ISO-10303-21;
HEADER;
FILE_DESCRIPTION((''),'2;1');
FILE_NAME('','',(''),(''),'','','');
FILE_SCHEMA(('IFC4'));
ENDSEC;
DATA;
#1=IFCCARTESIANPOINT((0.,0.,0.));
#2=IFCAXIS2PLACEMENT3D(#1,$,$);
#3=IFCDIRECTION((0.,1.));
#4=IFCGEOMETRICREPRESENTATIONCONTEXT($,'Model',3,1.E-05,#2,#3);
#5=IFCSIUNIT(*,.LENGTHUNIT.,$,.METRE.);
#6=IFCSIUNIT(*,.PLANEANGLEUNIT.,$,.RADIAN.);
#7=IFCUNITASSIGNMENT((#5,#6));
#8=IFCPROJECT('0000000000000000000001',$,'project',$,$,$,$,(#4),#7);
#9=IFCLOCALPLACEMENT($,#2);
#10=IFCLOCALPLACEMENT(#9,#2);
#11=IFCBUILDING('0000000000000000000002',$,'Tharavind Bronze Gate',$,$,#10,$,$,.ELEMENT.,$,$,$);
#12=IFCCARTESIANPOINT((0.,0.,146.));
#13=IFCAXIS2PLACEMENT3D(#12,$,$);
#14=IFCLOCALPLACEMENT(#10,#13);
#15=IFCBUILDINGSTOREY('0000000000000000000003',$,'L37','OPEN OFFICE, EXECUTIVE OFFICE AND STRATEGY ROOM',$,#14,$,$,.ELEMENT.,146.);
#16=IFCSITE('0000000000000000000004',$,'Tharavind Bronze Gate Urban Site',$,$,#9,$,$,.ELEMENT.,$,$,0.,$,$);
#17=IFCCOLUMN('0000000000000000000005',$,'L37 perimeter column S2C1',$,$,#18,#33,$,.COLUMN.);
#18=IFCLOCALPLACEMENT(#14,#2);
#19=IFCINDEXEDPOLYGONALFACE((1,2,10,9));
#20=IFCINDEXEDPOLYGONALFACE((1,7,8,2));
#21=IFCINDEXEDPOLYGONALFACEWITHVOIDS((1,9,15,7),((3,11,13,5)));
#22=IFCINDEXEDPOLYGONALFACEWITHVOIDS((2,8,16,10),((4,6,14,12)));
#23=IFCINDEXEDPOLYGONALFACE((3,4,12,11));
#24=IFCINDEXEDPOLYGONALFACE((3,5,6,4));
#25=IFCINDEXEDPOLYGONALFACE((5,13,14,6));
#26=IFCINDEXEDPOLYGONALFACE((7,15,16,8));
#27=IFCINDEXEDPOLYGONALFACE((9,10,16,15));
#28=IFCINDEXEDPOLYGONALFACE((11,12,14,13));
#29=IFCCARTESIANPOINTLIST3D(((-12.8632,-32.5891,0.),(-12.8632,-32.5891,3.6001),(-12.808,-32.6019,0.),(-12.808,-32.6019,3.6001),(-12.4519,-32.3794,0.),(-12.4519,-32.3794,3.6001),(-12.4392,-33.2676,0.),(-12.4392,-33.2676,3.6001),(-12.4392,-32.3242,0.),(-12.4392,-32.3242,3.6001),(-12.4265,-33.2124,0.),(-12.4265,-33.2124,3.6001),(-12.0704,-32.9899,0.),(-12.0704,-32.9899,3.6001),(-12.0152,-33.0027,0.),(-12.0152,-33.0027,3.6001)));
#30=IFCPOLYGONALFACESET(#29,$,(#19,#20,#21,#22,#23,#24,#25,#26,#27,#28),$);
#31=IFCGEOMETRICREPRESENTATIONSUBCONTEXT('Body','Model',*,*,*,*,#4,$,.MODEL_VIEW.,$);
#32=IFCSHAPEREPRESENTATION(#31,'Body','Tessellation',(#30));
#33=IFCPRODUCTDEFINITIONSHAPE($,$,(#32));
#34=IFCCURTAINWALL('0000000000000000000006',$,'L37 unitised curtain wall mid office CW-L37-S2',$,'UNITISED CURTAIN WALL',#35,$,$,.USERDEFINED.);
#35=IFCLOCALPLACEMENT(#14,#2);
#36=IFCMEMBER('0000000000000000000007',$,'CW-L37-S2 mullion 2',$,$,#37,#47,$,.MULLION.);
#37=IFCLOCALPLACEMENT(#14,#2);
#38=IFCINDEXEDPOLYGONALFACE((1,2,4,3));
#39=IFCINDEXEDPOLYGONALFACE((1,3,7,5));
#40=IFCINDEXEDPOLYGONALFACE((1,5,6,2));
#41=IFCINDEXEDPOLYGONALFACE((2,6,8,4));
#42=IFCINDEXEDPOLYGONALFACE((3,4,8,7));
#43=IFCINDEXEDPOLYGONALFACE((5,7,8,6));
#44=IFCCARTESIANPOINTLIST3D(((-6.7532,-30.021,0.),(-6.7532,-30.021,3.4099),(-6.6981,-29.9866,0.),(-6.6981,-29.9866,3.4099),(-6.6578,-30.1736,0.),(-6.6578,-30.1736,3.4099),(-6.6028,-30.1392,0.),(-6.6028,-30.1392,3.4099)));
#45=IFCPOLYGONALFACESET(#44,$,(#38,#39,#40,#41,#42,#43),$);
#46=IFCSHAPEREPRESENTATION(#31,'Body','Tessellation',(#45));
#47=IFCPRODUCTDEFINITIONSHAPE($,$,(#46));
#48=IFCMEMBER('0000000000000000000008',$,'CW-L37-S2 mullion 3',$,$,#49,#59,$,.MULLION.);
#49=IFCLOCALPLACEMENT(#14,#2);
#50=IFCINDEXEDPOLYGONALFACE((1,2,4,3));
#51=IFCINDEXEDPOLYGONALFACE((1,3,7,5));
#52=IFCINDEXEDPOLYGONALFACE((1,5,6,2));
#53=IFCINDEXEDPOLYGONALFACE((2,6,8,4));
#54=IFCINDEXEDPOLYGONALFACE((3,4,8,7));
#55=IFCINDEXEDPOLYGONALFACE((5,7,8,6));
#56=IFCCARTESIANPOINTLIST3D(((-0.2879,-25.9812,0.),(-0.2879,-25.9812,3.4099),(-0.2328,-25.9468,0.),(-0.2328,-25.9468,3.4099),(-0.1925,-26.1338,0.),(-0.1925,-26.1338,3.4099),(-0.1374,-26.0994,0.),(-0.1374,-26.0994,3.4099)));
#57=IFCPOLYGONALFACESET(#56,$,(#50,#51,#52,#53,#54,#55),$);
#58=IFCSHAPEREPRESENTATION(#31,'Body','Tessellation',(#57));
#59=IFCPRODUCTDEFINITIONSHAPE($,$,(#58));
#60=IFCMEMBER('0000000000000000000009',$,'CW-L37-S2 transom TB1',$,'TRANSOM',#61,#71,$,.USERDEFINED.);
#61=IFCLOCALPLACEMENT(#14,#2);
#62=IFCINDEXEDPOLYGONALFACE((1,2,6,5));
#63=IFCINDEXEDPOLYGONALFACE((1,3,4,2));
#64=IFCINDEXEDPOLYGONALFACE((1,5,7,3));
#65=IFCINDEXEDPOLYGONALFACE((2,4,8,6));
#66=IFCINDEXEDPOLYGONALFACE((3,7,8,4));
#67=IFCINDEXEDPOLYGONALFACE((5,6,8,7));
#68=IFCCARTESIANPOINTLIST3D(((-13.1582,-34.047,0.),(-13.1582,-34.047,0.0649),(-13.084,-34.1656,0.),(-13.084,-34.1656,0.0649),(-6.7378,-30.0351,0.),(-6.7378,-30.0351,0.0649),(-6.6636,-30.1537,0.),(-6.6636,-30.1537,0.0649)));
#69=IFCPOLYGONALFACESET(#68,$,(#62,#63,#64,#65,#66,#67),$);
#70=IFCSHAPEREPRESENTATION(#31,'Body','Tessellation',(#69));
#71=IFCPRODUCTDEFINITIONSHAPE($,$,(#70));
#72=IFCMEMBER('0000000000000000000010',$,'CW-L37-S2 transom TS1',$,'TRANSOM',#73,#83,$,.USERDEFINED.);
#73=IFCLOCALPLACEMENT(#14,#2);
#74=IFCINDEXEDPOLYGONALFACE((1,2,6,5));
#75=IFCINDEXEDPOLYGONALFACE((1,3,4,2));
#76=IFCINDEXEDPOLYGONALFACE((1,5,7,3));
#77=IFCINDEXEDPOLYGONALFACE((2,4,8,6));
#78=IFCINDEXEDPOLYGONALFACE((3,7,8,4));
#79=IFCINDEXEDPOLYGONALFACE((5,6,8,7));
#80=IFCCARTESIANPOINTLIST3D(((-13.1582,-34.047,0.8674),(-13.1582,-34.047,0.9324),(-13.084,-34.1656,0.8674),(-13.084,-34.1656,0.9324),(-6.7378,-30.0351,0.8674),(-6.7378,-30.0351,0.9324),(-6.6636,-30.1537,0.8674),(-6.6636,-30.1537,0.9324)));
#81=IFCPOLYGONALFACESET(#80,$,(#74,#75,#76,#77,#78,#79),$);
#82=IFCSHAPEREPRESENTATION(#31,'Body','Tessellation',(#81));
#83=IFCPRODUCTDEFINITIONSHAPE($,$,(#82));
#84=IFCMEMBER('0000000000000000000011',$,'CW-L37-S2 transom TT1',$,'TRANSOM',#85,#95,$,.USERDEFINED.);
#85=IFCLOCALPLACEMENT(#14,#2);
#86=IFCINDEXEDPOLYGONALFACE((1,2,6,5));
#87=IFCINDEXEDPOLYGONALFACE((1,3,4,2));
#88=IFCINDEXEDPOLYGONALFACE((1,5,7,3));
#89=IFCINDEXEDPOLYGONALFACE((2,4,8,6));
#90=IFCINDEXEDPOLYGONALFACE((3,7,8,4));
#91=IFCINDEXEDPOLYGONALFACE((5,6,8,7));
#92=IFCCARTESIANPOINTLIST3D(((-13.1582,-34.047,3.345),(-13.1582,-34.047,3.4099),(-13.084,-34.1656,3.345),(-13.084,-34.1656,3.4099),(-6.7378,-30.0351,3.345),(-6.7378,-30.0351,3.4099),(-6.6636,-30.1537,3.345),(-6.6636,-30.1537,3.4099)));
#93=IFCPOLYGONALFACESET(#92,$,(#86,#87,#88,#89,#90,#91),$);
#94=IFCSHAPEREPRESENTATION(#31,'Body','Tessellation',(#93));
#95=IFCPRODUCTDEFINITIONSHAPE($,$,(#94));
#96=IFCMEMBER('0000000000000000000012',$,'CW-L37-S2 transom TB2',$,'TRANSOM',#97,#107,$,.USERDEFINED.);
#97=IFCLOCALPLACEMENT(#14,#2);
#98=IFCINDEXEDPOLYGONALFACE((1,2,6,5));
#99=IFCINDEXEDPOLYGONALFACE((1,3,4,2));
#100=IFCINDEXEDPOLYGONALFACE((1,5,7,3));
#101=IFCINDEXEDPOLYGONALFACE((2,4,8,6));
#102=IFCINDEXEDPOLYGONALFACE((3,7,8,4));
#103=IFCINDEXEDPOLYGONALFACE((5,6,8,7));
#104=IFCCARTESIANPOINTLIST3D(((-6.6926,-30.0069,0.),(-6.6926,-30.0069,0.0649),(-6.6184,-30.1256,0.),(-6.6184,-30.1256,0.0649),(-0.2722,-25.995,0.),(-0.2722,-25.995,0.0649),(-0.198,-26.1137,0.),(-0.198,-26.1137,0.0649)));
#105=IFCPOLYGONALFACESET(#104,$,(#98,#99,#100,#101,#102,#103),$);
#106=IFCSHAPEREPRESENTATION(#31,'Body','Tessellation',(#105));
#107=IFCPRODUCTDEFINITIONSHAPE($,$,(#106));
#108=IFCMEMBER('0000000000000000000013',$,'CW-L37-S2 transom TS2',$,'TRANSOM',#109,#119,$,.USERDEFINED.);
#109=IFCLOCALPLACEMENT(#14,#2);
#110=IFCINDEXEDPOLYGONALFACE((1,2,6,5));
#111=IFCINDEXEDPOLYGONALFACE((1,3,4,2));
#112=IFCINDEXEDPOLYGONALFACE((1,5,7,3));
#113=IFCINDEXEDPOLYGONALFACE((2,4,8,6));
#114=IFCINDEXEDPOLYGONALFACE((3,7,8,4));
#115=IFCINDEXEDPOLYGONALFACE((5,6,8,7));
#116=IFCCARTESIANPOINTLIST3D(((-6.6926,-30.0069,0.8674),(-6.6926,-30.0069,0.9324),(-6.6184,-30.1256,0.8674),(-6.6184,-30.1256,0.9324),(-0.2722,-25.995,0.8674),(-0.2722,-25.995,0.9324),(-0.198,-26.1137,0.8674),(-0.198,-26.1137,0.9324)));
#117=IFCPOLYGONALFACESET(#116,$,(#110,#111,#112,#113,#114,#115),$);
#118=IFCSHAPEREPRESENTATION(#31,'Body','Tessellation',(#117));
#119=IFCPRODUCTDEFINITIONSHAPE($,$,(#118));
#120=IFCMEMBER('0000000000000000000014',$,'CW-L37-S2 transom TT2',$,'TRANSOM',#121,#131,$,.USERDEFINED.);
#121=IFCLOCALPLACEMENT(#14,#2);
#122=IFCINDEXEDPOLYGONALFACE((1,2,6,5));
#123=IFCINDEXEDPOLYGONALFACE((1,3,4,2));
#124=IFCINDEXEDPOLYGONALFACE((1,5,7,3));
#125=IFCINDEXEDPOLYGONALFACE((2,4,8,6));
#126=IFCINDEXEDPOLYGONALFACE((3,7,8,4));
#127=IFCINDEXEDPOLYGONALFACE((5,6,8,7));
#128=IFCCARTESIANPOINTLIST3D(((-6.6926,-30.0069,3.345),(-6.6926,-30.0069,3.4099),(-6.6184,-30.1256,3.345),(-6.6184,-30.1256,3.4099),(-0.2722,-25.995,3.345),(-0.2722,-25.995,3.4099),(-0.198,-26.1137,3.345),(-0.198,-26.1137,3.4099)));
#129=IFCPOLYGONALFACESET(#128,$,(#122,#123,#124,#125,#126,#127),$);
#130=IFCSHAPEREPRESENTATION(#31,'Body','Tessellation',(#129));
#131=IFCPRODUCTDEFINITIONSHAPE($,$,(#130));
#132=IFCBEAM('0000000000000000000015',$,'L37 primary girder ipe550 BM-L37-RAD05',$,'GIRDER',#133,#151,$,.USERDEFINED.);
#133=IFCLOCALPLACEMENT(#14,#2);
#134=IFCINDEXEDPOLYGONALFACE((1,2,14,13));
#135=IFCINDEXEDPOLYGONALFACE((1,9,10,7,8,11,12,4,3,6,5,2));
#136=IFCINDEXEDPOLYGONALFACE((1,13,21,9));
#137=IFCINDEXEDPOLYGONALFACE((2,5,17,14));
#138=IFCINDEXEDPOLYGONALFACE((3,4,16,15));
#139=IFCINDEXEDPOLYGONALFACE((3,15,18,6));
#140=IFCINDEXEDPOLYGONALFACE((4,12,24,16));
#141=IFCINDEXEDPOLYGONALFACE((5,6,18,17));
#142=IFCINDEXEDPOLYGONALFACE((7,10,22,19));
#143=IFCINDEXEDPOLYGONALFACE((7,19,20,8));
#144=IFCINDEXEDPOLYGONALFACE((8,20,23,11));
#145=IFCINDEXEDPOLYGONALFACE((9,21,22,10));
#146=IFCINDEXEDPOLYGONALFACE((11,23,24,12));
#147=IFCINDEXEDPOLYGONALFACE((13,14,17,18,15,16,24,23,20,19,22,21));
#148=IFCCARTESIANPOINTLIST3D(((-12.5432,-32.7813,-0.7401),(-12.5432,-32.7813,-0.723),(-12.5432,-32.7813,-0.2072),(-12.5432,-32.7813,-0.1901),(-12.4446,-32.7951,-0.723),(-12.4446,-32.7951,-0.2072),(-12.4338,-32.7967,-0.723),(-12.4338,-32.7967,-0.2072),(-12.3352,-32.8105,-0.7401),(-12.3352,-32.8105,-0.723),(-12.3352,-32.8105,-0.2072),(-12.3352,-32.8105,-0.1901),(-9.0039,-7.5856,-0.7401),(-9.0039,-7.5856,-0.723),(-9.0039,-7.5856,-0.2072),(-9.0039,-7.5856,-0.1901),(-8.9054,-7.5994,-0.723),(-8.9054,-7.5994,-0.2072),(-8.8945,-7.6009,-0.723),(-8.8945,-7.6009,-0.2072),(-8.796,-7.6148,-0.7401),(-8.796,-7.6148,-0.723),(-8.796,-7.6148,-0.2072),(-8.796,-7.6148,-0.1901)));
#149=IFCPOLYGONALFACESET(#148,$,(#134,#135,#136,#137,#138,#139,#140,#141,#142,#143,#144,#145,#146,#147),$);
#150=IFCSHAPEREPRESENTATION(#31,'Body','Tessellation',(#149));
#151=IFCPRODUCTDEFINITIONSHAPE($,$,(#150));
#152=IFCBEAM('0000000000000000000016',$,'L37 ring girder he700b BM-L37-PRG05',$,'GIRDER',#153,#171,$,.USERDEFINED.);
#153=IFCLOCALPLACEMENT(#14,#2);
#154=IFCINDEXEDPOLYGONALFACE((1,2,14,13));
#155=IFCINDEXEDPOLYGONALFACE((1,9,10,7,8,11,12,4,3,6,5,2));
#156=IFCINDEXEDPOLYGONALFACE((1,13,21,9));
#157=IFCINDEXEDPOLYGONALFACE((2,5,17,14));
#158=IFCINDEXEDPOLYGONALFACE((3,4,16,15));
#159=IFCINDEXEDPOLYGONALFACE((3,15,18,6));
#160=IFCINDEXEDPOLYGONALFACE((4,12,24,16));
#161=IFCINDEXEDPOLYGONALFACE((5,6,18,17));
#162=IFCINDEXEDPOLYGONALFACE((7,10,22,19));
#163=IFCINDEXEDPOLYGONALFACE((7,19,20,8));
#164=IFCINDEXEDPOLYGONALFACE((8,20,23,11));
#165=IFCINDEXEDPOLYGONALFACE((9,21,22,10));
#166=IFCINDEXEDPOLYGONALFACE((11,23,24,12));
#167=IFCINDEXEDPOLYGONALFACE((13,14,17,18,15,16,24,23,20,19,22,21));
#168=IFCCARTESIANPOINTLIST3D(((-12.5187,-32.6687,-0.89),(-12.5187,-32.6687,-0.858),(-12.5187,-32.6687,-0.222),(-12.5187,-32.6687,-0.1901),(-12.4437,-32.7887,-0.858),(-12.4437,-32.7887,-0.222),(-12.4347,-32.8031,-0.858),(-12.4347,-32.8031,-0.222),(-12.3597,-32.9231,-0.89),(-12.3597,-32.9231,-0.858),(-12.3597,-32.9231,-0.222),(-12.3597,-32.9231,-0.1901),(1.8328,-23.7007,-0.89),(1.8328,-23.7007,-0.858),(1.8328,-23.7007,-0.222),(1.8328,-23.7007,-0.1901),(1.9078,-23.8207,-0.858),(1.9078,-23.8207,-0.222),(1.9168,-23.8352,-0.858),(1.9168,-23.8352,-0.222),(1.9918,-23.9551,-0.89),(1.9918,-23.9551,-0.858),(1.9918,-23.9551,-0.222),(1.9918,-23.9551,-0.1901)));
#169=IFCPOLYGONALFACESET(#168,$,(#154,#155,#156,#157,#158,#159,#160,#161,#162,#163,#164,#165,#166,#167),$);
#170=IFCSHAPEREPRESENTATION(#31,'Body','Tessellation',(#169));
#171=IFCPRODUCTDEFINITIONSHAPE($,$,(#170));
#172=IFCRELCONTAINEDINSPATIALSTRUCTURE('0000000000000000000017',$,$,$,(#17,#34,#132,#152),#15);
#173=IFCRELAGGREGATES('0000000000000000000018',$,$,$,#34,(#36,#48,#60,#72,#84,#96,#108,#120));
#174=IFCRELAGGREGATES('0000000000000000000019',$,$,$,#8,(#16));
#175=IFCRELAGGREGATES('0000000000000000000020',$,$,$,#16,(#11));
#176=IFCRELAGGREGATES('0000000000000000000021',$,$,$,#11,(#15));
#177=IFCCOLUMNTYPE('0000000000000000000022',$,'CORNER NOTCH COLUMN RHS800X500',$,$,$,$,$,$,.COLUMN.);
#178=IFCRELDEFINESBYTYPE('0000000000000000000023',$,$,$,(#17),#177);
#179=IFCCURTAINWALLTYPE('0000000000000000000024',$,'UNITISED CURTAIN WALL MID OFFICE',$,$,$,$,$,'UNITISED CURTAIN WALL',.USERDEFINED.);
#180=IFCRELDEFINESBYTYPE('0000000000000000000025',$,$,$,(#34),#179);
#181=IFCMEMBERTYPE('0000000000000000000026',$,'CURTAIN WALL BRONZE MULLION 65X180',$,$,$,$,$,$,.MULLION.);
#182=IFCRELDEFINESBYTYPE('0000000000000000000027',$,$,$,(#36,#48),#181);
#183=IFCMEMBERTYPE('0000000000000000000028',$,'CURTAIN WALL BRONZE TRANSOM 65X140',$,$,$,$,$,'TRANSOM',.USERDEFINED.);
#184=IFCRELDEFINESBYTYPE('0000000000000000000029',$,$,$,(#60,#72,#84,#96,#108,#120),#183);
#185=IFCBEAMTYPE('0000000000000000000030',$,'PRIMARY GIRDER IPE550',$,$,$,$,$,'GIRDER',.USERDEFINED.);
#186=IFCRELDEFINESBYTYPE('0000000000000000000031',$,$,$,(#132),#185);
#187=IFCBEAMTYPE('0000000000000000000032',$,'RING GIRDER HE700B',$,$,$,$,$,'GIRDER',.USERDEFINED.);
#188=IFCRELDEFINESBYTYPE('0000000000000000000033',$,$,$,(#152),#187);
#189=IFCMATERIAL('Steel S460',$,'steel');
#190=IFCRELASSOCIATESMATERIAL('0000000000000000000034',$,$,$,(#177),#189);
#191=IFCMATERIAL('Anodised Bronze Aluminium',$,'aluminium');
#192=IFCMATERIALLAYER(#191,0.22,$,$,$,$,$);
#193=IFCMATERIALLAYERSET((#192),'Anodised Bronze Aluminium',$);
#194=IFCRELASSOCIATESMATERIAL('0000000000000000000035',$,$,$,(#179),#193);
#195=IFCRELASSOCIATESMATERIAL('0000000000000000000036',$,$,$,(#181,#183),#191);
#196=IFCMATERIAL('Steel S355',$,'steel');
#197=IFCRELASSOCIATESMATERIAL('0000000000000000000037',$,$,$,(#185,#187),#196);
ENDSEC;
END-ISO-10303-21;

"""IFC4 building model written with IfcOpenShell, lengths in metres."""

from ifc_helpers import new_model, si_unit, direction, frame, origin, origin_2d, place, context, subcontext, project, spatial, rectangle, hollow_rectangle, i_section, extrude, material, layer, layer_set, material_profile, profile_set, type_object, element, aggregate, save


model = new_model("IFC4")

# Units and contexts
model_context = context("Model", 3, precision=1e-05, world=origin(), true_north=direction((0.0, 1.0)))
body_context = subcontext(model_context, "Body", "Model", "MODEL_VIEW")
ifc_project = project(units=[si_unit("LENGTHUNIT", "METRE"), si_unit("PLANEANGLEUNIT", "RADIAN")], contexts=[model_context])

# Site, building, storey
site_placement = place(None, origin())
site = spatial("IfcSite", under=ifc_project, at=site_placement, Name="Tharavind Bronze Gate Urban Site", CompositionType="ELEMENT", RefElevation=0.0)
building_placement = place(site_placement, origin())
building = spatial("IfcBuilding", under=site, at=building_placement, Name="Tharavind Bronze Gate", CompositionType="ELEMENT")
storey_placement = place(building_placement, frame((0.0, 0.0, 146.0)))
storey = spatial("IfcBuildingStorey", under=building, at=storey_placement, Name="L37", Description="OPEN OFFICE, EXECUTIVE OFFICE AND STRATEGY ROOM", CompositionType="ELEMENT", Elevation=146.0)

# Column
ifc_material_1 = material(Name="Steel S460", Category="steel")
ifc_material_profile_1 = material_profile(ifc_material_1, hollow_rectangle(XDim=0.5, YDim=0.8, WallThickness=0.04, at=origin_2d()), Name="RHS800X500X40")
ifc_profile_set_1 = profile_set([ifc_material_profile_1], Name="Steel S460")
column_type = type_object("IfcColumnType", Name="CORNER NOTCH COLUMN RHS800X500", PredefinedType="COLUMN", material=ifc_profile_set_1)
column_placement = place(storey_placement, frame((-12.4392, -32.7959, 0.0), z_axis=(0.0, 0.0, 1.0), x_axis=(0.848047, 0.529921, 0.0)))
element("IfcColumn", 1, at=column_placement, inside=storey, type_object=column_type, Name="L37 perimeter column S2C1", PredefinedType="COLUMN", context=body_context, shape_type="SweptSolid", body=[
    extrude(hollow_rectangle(XDim=0.5, YDim=0.8, WallThickness=0.04, at=origin_2d()), origin(), (0.0, 0.0, 1.0), 3.6001),
])

# Curtain wall, members
ifc_material_2 = material(Name="Anodised Bronze Aluminium", Category="aluminium")
ifc_layer_1 = layer(ifc_material_2, 0.22)
ifc_layer_set_1 = layer_set([ifc_layer_1], Name="Anodised Bronze Aluminium")
curtain_wall_type = type_object("IfcCurtainWallType", Name="UNITISED CURTAIN WALL MID OFFICE", ElementType="UNITISED CURTAIN WALL", PredefinedType="USERDEFINED", material=ifc_layer_set_1)
curtain_wall_placement = place(storey_placement, origin())
curtain_wall = element("IfcCurtainWall", 2, at=curtain_wall_placement, inside=storey, type_object=curtain_wall_type, Name="L37 unitised curtain wall mid office CW-L37-S2", ObjectType="UNITISED CURTAIN WALL", PredefinedType="USERDEFINED")
member_type_1 = type_object("IfcMemberType", Name="CURTAIN WALL BRONZE MULLION 65X180", PredefinedType="MULLION", material=ifc_material_2)
member_1_placement = place(storey_placement, frame((-6.678, -30.0801, 0.0), z_axis=(0.0, 0.0, 1.0), x_axis=(0.848048, 0.529919, 0.0)))
member_1 = element("IfcMember", 3, at=member_1_placement, type_object=member_type_1, Name="CW-L37-S2 mullion 2", PredefinedType="MULLION", context=body_context, shape_type="SweptSolid", body=[
    extrude(rectangle(XDim=0.0649, YDim=0.1799, at=origin_2d()), origin(), (0.0, 0.0, 1.0), 3.4099),
])
member_2_placement = place(storey_placement, frame((-0.2126, -26.0403, 0.0), z_axis=(0.0, 0.0, 1.0), x_axis=(0.848048, 0.529919, 0.0)))
member_2 = element("IfcMember", 4, at=member_2_placement, type_object=member_type_1, Name="CW-L37-S2 mullion 3", PredefinedType="MULLION", context=body_context, shape_type="SweptSolid", body=[
    extrude(rectangle(XDim=0.0649, YDim=0.1799, at=origin_2d()), origin(), (0.0, 0.0, 1.0), 3.4099),
])
member_type_2 = type_object("IfcMemberType", Name="CURTAIN WALL BRONZE TRANSOM 65X140", ElementType="TRANSOM", PredefinedType="USERDEFINED", material=ifc_material_2)
member_3_placement = place(storey_placement, frame((-9.9109, -32.1003, 0.0), z_axis=(0.0, 0.0, 1.0), x_axis=(0.848048, 0.529919, 0.0)))
member_3 = element("IfcMember", 5, at=member_3_placement, type_object=member_type_2, Name="CW-L37-S2 transom TB1", ObjectType="TRANSOM", PredefinedType="USERDEFINED", context=body_context, shape_type="SweptSolid", body=[
    extrude(rectangle(XDim=7.5708, YDim=0.1399, at=origin_2d()), origin(), (0.0, 0.0, 1.0), 0.0649),
])
member_4_placement = place(storey_placement, frame((-9.9109, -32.1003, 0.8674), z_axis=(0.0, 0.0, 1.0), x_axis=(0.848048, 0.529919, 0.0)))
member_4 = element("IfcMember", 6, at=member_4_placement, type_object=member_type_2, Name="CW-L37-S2 transom TS1", ObjectType="TRANSOM", PredefinedType="USERDEFINED", context=body_context, shape_type="SweptSolid", body=[
    extrude(rectangle(XDim=7.5708, YDim=0.1399, at=origin_2d()), origin(), (0.0, 0.0, 1.0), 0.0649),
])
member_5_placement = place(storey_placement, frame((-9.9109, -32.1003, 3.345), z_axis=(0.0, 0.0, 1.0), x_axis=(0.848048, 0.529919, 0.0)))
member_5 = element("IfcMember", 7, at=member_5_placement, type_object=member_type_2, Name="CW-L37-S2 transom TT1", ObjectType="TRANSOM", PredefinedType="USERDEFINED", context=body_context, shape_type="SweptSolid", body=[
    extrude(rectangle(XDim=7.5708, YDim=0.1399, at=origin_2d()), origin(), (0.0, 0.0, 1.0), 0.0649),
])
member_6_placement = place(storey_placement, frame((-3.4453, -28.0603, 0.0), z_axis=(0.0, 0.0, 1.0), x_axis=(0.848048, 0.529919, 0.0)))
member_6 = element("IfcMember", 8, at=member_6_placement, type_object=member_type_2, Name="CW-L37-S2 transom TB2", ObjectType="TRANSOM", PredefinedType="USERDEFINED", context=body_context, shape_type="SweptSolid", body=[
    extrude(rectangle(XDim=7.5708, YDim=0.1399, at=origin_2d()), origin(), (0.0, 0.0, 1.0), 0.0649),
])
member_7_placement = place(storey_placement, frame((-3.4453, -28.0603, 0.8674), z_axis=(0.0, 0.0, 1.0), x_axis=(0.848048, 0.529919, 0.0)))
member_7 = element("IfcMember", 9, at=member_7_placement, type_object=member_type_2, Name="CW-L37-S2 transom TS2", ObjectType="TRANSOM", PredefinedType="USERDEFINED", context=body_context, shape_type="SweptSolid", body=[
    extrude(rectangle(XDim=7.5708, YDim=0.1399, at=origin_2d()), origin(), (0.0, 0.0, 1.0), 0.0649),
])
member_8_placement = place(storey_placement, frame((-3.4453, -28.0603, 3.345), z_axis=(0.0, 0.0, 1.0), x_axis=(0.848048, 0.529919, 0.0)))
member_8 = element("IfcMember", 10, at=member_8_placement, type_object=member_type_2, Name="CW-L37-S2 transom TT2", ObjectType="TRANSOM", PredefinedType="USERDEFINED", context=body_context, shape_type="SweptSolid", body=[
    extrude(rectangle(XDim=7.5708, YDim=0.1399, at=origin_2d()), origin(), (0.0, 0.0, 1.0), 0.0649),
])

# Beams
ifc_material_3 = material(Name="Steel S355", Category="steel")
ifc_material_profile_2 = material_profile(ifc_material_3, i_section(OverallWidth=0.21, OverallDepth=0.55, WebThickness=0.011, FlangeThickness=0.0171, at=origin_2d()), Name="IPE550")
ifc_profile_set_2 = profile_set([ifc_material_profile_2], Name="Steel S355")
beam_type_1 = type_object("IfcBeamType", Name="PRIMARY GIRDER IPE550", ElementType="GIRDER", PredefinedType="USERDEFINED", material=ifc_profile_set_2)
beam_1_placement = place(storey_placement, frame((-12.4392, -32.7959, -0.4651), z_axis=(0.139106, 0.990277, 0.0), x_axis=(-0.990277, 0.139106, 0.0)))
element("IfcBeam", 11, at=beam_1_placement, inside=storey, type_object=beam_type_1, Name="L37 primary girder ipe550 BM-L37-RAD05", ObjectType="GIRDER", PredefinedType="USERDEFINED", context=body_context, shape_type="SweptSolid", body=[
    extrude(i_section(OverallWidth=0.21, OverallDepth=0.55, WebThickness=0.011, FlangeThickness=0.0171, at=origin_2d()), origin(), (0.0, 0.0, 1.0), 25.4431),
])
ifc_material_profile_3 = material_profile(ifc_material_3, i_section(OverallWidth=0.3, OverallDepth=0.7, WebThickness=0.0171, FlangeThickness=0.032, at=origin_2d()), Name="HE700B")
ifc_profile_set_3 = profile_set([ifc_material_profile_3], Name="Steel S355")
beam_type_2 = type_object("IfcBeamType", Name="RING GIRDER HE700B", ElementType="GIRDER", PredefinedType="USERDEFINED", material=ifc_profile_set_3)
beam_2_placement = place(storey_placement, frame((-12.4392, -32.7959, -0.54), z_axis=(0.848044, 0.529926, 0.0), x_axis=(-0.529926, 0.848044, 0.0)))
element("IfcBeam", 12, at=beam_2_placement, inside=storey, type_object=beam_type_2, Name="L37 ring girder he700b BM-L37-PRG05", ObjectType="GIRDER", PredefinedType="USERDEFINED", context=body_context, shape_type="SweptSolid", body=[
    extrude(i_section(OverallWidth=0.3, OverallDepth=0.7, WebThickness=0.0171, FlangeThickness=0.032, at=origin_2d()), origin(), (0.0, 0.0, 1.0), 16.9231),
])

aggregate(curtain_wall, [member_1, member_2, member_3, member_4, member_5, member_6, member_7, member_8])

save(model, "model.ifc")
